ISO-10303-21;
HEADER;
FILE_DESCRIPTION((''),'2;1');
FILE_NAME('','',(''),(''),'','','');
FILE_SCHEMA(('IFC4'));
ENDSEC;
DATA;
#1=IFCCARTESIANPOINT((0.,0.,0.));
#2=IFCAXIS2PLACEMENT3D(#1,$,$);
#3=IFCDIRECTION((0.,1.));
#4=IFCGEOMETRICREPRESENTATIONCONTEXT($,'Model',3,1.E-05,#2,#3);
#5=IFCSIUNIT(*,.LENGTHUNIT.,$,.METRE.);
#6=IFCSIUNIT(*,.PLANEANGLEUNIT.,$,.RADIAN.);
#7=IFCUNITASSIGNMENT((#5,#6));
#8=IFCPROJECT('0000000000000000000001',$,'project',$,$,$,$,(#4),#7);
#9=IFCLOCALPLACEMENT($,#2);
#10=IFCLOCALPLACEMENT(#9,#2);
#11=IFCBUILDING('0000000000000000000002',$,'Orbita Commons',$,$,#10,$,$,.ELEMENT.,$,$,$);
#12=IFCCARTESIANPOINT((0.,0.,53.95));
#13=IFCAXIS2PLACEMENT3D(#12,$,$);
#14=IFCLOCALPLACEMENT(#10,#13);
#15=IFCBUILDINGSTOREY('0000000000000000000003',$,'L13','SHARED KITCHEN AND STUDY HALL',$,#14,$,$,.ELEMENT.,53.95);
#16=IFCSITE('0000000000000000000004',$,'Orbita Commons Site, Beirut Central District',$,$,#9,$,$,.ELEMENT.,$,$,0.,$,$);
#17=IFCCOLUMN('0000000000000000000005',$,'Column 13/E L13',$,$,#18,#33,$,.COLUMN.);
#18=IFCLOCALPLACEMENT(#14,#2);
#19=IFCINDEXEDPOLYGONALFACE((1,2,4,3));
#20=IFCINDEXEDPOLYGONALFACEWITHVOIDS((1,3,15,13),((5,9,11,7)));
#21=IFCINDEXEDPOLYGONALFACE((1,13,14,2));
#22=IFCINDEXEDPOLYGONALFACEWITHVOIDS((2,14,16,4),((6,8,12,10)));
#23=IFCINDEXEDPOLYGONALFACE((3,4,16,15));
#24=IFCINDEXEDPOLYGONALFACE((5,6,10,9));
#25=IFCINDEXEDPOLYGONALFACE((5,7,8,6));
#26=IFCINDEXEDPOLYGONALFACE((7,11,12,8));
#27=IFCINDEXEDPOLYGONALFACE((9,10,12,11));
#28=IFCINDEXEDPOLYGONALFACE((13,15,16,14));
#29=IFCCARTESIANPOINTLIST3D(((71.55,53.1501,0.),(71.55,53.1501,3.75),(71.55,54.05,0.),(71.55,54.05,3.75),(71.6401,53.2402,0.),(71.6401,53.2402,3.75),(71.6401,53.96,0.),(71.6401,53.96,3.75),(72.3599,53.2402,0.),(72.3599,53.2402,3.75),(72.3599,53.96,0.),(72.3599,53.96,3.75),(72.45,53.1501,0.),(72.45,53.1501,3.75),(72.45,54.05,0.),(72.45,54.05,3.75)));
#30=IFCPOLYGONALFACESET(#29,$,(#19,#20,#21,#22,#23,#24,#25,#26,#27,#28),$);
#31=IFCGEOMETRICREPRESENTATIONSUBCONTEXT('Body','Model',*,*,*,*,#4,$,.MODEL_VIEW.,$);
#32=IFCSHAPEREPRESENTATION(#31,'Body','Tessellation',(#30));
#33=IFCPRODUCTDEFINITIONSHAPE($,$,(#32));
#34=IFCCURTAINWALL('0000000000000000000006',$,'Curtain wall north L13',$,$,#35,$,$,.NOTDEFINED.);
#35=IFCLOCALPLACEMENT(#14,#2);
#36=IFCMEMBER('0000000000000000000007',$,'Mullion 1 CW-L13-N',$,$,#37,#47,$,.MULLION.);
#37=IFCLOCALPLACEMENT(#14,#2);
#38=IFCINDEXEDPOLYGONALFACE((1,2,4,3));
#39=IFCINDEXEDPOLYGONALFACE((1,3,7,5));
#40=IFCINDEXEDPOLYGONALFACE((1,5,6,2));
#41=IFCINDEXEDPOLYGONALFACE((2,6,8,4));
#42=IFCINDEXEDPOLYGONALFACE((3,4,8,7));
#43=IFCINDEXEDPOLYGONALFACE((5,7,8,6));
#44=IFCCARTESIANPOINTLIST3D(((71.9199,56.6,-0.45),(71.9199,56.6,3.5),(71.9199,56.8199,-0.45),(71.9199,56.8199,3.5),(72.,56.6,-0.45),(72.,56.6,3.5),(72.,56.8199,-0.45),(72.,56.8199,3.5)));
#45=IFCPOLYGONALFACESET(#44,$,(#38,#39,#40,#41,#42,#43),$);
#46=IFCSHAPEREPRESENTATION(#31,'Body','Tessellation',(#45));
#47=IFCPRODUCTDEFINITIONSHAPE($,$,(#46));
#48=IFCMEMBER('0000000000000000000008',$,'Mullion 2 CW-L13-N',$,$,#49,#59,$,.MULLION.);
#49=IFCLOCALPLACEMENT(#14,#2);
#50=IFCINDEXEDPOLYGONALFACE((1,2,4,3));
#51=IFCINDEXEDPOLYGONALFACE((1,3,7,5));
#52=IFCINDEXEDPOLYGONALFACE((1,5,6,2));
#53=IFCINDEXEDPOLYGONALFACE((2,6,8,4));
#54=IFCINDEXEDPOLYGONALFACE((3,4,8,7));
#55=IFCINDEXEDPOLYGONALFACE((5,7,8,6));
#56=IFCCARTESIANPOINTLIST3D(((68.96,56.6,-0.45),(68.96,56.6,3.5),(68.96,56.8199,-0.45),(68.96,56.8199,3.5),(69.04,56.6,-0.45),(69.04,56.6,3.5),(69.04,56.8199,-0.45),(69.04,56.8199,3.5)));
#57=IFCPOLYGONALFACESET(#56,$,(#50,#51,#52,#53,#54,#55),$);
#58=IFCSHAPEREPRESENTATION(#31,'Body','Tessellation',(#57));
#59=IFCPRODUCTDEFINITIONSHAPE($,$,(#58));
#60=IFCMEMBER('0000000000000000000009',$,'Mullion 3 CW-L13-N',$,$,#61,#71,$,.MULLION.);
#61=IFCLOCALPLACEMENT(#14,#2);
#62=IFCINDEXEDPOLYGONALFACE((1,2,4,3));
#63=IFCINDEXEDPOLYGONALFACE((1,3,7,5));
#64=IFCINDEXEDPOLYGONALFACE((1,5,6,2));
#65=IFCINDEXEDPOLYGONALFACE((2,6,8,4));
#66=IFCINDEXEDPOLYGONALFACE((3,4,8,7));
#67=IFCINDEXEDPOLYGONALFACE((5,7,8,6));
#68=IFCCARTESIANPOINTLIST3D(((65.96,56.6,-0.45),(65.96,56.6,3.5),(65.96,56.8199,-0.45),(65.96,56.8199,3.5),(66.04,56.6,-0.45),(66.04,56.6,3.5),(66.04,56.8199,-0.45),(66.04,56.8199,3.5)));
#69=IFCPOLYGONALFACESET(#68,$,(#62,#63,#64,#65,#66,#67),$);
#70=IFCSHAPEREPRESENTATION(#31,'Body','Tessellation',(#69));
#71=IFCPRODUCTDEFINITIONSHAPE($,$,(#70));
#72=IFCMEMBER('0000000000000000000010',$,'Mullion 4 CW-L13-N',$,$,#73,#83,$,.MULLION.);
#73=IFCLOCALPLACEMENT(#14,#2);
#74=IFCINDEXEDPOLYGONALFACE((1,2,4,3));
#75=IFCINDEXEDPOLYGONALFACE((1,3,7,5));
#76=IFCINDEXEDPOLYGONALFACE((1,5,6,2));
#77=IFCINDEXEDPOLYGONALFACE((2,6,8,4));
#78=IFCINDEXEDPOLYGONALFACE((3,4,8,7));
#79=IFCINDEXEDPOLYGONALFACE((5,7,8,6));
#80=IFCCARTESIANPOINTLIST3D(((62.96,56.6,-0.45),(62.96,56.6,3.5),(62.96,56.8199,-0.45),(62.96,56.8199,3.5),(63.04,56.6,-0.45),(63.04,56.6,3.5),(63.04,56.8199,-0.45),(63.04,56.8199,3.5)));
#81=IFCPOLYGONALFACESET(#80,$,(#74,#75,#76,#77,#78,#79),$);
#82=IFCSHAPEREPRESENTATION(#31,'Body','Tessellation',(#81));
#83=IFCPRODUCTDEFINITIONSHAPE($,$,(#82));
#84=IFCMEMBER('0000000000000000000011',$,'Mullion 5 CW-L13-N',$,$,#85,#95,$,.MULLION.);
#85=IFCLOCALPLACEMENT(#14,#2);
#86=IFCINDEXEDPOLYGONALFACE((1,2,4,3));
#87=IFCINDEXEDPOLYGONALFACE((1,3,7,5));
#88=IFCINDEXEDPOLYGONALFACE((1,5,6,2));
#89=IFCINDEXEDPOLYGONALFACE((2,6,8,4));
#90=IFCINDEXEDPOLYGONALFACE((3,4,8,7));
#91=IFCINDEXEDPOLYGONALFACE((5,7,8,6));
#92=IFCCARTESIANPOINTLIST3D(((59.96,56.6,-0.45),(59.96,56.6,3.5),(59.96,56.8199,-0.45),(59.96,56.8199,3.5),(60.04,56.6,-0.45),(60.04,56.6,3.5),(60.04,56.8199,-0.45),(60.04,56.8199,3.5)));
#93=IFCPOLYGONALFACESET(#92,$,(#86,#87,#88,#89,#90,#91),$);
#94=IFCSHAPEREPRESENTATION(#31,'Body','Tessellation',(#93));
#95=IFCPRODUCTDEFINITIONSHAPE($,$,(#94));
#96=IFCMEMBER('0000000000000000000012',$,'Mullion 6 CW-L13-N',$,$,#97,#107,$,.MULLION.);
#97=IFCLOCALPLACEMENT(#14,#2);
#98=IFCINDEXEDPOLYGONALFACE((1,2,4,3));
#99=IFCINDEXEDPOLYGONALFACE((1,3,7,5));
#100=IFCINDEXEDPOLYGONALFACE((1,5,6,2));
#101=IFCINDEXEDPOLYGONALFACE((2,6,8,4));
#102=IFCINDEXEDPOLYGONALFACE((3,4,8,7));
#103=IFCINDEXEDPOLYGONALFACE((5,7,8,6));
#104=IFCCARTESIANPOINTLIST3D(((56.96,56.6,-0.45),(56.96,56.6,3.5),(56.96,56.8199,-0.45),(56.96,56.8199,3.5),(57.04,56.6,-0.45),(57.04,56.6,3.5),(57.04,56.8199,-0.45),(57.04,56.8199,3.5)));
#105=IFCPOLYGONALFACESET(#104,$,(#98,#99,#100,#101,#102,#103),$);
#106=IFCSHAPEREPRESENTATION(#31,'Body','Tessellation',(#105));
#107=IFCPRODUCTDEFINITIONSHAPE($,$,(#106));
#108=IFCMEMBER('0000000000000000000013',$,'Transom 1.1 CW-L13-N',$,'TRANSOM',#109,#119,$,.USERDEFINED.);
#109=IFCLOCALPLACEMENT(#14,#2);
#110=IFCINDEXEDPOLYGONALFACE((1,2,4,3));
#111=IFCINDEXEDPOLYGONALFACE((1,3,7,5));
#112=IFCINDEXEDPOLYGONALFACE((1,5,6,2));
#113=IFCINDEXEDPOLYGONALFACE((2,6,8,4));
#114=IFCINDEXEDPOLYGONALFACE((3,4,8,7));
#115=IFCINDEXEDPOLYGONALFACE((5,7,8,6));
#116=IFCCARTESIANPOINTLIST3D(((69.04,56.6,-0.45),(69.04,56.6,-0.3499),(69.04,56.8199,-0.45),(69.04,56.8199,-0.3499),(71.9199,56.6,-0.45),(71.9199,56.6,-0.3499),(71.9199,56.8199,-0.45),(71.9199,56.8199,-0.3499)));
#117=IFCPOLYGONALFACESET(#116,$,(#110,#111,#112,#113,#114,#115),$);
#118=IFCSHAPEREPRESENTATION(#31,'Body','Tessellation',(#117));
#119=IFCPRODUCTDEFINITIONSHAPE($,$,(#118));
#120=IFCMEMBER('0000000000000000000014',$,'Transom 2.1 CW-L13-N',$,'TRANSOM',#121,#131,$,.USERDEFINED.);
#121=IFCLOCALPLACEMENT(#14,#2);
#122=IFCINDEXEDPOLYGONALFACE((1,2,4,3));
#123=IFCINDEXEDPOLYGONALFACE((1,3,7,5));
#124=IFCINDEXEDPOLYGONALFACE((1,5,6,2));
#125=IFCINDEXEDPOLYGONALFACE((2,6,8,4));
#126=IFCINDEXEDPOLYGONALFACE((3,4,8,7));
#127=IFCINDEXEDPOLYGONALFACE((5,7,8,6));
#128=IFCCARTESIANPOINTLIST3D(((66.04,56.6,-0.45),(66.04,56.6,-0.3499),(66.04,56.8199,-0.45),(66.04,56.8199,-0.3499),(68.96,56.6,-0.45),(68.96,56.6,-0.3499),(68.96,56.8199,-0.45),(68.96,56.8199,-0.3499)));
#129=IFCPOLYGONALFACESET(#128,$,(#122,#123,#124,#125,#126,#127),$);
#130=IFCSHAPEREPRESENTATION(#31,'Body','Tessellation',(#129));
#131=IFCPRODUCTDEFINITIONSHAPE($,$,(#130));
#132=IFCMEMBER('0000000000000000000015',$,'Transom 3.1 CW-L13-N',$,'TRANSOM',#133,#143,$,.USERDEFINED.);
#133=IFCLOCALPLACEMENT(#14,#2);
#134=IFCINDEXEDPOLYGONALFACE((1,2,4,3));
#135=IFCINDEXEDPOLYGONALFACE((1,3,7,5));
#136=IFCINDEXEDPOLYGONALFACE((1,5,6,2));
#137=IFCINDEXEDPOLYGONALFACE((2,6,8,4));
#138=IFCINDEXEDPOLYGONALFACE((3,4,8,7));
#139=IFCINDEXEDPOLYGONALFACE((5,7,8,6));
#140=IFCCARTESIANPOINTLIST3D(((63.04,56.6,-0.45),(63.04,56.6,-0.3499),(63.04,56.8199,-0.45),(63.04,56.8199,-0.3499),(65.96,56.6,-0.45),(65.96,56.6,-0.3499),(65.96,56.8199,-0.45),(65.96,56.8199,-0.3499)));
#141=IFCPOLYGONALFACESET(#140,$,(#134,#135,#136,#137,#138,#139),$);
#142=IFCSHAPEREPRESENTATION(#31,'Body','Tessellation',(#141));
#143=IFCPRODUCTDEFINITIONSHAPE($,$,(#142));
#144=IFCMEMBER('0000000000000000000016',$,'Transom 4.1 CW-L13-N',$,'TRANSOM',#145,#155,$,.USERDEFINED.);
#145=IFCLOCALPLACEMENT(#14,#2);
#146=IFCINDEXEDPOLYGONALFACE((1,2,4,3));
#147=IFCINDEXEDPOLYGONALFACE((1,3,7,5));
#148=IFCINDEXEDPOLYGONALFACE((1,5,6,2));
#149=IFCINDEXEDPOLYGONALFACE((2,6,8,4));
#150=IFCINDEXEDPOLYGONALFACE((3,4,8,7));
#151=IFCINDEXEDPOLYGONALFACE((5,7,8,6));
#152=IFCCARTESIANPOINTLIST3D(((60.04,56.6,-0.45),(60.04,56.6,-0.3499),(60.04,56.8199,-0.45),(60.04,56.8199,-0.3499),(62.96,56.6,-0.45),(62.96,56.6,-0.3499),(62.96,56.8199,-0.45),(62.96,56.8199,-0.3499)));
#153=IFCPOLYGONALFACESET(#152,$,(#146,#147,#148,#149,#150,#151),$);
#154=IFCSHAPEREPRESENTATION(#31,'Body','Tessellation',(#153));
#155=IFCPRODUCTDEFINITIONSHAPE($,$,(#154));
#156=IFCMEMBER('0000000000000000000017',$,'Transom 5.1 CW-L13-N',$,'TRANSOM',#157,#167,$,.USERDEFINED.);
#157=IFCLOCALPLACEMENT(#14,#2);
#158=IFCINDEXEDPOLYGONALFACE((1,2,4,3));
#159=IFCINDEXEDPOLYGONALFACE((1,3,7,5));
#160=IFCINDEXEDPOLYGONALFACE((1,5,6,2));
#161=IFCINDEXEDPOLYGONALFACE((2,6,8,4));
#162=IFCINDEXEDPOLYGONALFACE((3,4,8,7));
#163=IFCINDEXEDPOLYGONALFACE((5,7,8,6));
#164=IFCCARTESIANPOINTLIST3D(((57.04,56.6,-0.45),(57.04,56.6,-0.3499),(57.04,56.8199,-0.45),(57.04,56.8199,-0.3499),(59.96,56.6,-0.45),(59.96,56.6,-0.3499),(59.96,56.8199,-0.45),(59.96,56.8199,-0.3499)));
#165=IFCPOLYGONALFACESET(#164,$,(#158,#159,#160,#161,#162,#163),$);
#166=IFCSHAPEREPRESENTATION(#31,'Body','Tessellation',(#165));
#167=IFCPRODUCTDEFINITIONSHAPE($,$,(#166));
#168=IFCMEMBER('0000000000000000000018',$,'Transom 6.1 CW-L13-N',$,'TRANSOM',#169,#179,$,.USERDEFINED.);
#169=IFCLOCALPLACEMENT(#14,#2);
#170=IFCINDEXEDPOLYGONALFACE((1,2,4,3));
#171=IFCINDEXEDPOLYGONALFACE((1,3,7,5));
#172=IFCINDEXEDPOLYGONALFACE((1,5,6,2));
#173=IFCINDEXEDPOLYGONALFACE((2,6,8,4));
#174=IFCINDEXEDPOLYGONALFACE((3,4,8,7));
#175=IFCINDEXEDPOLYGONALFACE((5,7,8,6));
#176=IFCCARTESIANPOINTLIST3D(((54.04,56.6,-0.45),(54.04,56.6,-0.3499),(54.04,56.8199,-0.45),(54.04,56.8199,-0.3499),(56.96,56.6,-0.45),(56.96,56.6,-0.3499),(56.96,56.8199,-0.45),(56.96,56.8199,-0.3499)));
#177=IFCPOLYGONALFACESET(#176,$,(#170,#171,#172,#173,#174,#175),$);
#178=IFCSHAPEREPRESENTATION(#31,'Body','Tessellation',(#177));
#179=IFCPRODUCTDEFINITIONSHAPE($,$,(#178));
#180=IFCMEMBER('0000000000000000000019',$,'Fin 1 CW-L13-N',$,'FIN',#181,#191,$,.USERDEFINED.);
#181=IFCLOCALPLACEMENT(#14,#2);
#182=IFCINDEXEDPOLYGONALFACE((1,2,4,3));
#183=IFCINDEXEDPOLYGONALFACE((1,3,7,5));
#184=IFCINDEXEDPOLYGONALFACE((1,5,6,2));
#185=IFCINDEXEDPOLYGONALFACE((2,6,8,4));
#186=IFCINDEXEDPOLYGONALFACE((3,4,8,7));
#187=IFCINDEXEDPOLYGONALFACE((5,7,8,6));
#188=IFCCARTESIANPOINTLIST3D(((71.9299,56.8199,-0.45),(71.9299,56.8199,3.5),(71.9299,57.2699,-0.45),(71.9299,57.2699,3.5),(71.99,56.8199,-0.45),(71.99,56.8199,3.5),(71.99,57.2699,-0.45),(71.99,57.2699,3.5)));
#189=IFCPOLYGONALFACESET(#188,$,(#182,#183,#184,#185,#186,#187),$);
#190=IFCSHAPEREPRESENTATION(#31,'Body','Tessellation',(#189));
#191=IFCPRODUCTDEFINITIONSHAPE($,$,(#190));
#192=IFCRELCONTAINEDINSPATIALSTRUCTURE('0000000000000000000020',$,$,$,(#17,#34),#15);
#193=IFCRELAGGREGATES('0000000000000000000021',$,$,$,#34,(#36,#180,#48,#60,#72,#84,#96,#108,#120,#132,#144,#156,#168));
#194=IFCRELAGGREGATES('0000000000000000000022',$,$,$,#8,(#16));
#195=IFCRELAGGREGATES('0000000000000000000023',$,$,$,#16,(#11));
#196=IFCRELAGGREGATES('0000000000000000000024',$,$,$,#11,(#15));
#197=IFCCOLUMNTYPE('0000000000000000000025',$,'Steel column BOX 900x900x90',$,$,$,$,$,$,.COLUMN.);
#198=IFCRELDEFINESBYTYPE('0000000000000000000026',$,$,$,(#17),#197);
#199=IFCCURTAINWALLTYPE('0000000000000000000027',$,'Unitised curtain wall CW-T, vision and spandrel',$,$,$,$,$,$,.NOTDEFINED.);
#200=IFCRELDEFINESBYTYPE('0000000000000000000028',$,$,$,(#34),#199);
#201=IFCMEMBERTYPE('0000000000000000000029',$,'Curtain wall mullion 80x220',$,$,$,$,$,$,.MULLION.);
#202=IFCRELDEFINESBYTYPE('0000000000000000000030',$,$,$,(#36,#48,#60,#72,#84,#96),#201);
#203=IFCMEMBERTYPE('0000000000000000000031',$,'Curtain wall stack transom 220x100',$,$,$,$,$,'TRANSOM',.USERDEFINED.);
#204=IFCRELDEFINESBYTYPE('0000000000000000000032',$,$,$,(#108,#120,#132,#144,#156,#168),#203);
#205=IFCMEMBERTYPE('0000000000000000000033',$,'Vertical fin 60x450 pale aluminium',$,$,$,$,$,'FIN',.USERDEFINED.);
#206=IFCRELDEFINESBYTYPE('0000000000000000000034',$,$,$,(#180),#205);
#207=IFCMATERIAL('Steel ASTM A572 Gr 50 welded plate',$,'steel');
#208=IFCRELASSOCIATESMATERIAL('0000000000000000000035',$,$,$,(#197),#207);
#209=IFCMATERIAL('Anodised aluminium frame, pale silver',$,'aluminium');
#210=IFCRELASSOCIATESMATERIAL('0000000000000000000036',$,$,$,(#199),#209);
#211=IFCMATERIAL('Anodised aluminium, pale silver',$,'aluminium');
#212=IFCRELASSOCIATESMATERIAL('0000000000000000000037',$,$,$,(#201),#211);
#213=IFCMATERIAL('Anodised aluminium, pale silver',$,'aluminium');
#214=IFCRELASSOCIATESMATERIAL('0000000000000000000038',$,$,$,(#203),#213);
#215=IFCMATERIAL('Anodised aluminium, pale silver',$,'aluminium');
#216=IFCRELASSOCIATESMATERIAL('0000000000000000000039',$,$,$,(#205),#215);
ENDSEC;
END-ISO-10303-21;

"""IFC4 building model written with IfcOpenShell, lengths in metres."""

from ifc_helpers import new_model, si_unit, direction, frame, origin, origin_2d, place, context, subcontext, project, spatial, rectangle, hollow_rectangle, extrude, material, material_profile, profile_set, type_object, element, aggregate, save


model = new_model("IFC4")

# Units and contexts
model_context = context("Model", 3, precision=1e-05, world=origin(), true_north=direction((0.0, 1.0)))
body_context = subcontext(model_context, "Body", "Model", "MODEL_VIEW")
ifc_project = project(units=[si_unit("LENGTHUNIT", "METRE"), si_unit("PLANEANGLEUNIT", "RADIAN")], contexts=[model_context])

# Site, building, storey
site_placement = place(None, origin())
site = spatial("IfcSite", under=ifc_project, at=site_placement, Name="Orbita Commons Site, Beirut Central District", CompositionType="ELEMENT", RefElevation=0.0)
building_placement = place(site_placement, origin())
building = spatial("IfcBuilding", under=site, at=building_placement, Name="Orbita Commons", CompositionType="ELEMENT")
storey_placement = place(building_placement, frame((0.0, 0.0, 53.95)))
storey = spatial("IfcBuildingStorey", under=building, at=storey_placement, Name="L13", Description="SHARED KITCHEN AND STUDY HALL", CompositionType="ELEMENT", Elevation=53.95)

# Column
ifc_material_1 = material(Name="Steel ASTM A572 Gr 50 welded plate", Category="steel")
ifc_material_profile_1 = material_profile(ifc_material_1, hollow_rectangle(XDim=0.8999, YDim=0.8999, WallThickness=0.0901, at=origin_2d()), Name="BOX 900x900x90")
ifc_profile_set_1 = profile_set([ifc_material_profile_1], Name="Steel ASTM A572 Gr 50 welded plate")
column_type = type_object("IfcColumnType", Name="Steel column BOX 900x900x90", PredefinedType="COLUMN", material=ifc_profile_set_1)
column_placement = place(storey_placement, frame((72.0, 53.6001, 0.0), z_axis=(0.0, 0.0, 1.0), x_axis=(1.0, 0.0, 0.0)))
element("IfcColumn", 1, at=column_placement, inside=storey, type_object=column_type, Name="Column 13/E L13", PredefinedType="COLUMN", context=body_context, shape_type="SweptSolid", body=[
    extrude(hollow_rectangle(XDim=0.8999, YDim=0.8999, WallThickness=0.0901, at=origin_2d()), origin(), (0.0, 0.0, 1.0), 3.75),
])

# Curtain wall, members
ifc_material_2 = material(Name="Anodised aluminium frame, pale silver", Category="aluminium")
curtain_wall_type = type_object("IfcCurtainWallType", Name="Unitised curtain wall CW-T, vision and spandrel", PredefinedType="NOTDEFINED", material=ifc_material_2)
curtain_wall_placement = place(storey_placement, origin())
curtain_wall = element("IfcCurtainWall", 2, at=curtain_wall_placement, inside=storey, type_object=curtain_wall_type, Name="Curtain wall north L13", PredefinedType="NOTDEFINED")
ifc_material_3 = material(Name="Anodised aluminium, pale silver", Category="aluminium")
ifc_material_profile_2 = material_profile(ifc_material_3, rectangle(XDim=0.0801, YDim=0.22, at=origin_2d()), Name="AL 80x220")
ifc_profile_set_2 = profile_set([ifc_material_profile_2], Name="Anodised aluminium, pale silver")
member_type_1 = type_object("IfcMemberType", Name="Curtain wall mullion 80x220", PredefinedType="MULLION", material=ifc_profile_set_2)
member_1_placement = place(storey_placement, frame((71.96, 56.71, -0.45), z_axis=(0.0, 0.0, 1.0), x_axis=(-1.0, 0.0, 0.0)))
member_1 = element("IfcMember", 3, at=member_1_placement, type_object=member_type_1, Name="Mullion 1 CW-L13-N", PredefinedType="MULLION", context=body_context, shape_type="SweptSolid", body=[
    extrude(rectangle(XDim=0.0801, YDim=0.22, at=origin_2d()), origin(), (0.0, 0.0, 1.0), 3.95),
])
member_2_placement = place(storey_placement, frame((69.0, 56.71, -0.45), z_axis=(0.0, 0.0, 1.0), x_axis=(-1.0, 0.0, 0.0)))
member_2 = element("IfcMember", 4, at=member_2_placement, type_object=member_type_1, Name="Mullion 2 CW-L13-N", PredefinedType="MULLION", context=body_context, shape_type="SweptSolid", body=[
    extrude(rectangle(XDim=0.0801, YDim=0.22, at=origin_2d()), origin(), (0.0, 0.0, 1.0), 3.95),
])
member_3_placement = place(storey_placement, frame((66.0, 56.71, -0.45), z_axis=(0.0, 0.0, 1.0), x_axis=(-1.0, 0.0, 0.0)))
member_3 = element("IfcMember", 5, at=member_3_placement, type_object=member_type_1, Name="Mullion 3 CW-L13-N", PredefinedType="MULLION", context=body_context, shape_type="SweptSolid", body=[
    extrude(rectangle(XDim=0.0801, YDim=0.22, at=origin_2d()), origin(), (0.0, 0.0, 1.0), 3.95),
])
member_4_placement = place(storey_placement, frame((63.0, 56.71, -0.45), z_axis=(0.0, 0.0, 1.0), x_axis=(-1.0, 0.0, 0.0)))
member_4 = element("IfcMember", 6, at=member_4_placement, type_object=member_type_1, Name="Mullion 4 CW-L13-N", PredefinedType="MULLION", context=body_context, shape_type="SweptSolid", body=[
    extrude(rectangle(XDim=0.0801, YDim=0.22, at=origin_2d()), origin(), (0.0, 0.0, 1.0), 3.95),
])
member_5_placement = place(storey_placement, frame((60.0, 56.71, -0.45), z_axis=(0.0, 0.0, 1.0), x_axis=(-1.0, 0.0, 0.0)))
member_5 = element("IfcMember", 7, at=member_5_placement, type_object=member_type_1, Name="Mullion 5 CW-L13-N", PredefinedType="MULLION", context=body_context, shape_type="SweptSolid", body=[
    extrude(rectangle(XDim=0.0801, YDim=0.22, at=origin_2d()), origin(), (0.0, 0.0, 1.0), 3.95),
])
member_6_placement = place(storey_placement, frame((57.0, 56.71, -0.45), z_axis=(0.0, 0.0, 1.0), x_axis=(-1.0, 0.0, 0.0)))
member_6 = element("IfcMember", 8, at=member_6_placement, type_object=member_type_1, Name="Mullion 6 CW-L13-N", PredefinedType="MULLION", context=body_context, shape_type="SweptSolid", body=[
    extrude(rectangle(XDim=0.0801, YDim=0.22, at=origin_2d()), origin(), (0.0, 0.0, 1.0), 3.95),
])
ifc_material_4 = material(Name="Anodised aluminium, pale silver", Category="aluminium")
ifc_material_profile_3 = material_profile(ifc_material_4, rectangle(XDim=0.22, YDim=0.1001, at=origin_2d()), Name="AL 220x100")
ifc_profile_set_3 = profile_set([ifc_material_profile_3], Name="Anodised aluminium, pale silver")
member_type_2 = type_object("IfcMemberType", Name="Curtain wall stack transom 220x100", ElementType="TRANSOM", PredefinedType="USERDEFINED", material=ifc_profile_set_3)
member_7_placement = place(storey_placement, frame((71.9199, 56.71, -0.3999), z_axis=(-1.0, 0.0, 0.0), x_axis=(0.0, -1.0, 0.0)))
member_7 = element("IfcMember", 9, at=member_7_placement, type_object=member_type_2, Name="Transom 1.1 CW-L13-N", ObjectType="TRANSOM", PredefinedType="USERDEFINED", context=body_context, shape_type="SweptSolid", body=[
    extrude(rectangle(XDim=0.22, YDim=0.1001, at=origin_2d()), origin(), (0.0, 0.0, 1.0), 2.8799),
])
member_8_placement = place(storey_placement, frame((68.96, 56.71, -0.3999), z_axis=(-1.0, 0.0, 0.0), x_axis=(0.0, -1.0, 0.0)))
member_8 = element("IfcMember", 10, at=member_8_placement, type_object=member_type_2, Name="Transom 2.1 CW-L13-N", ObjectType="TRANSOM", PredefinedType="USERDEFINED", context=body_context, shape_type="SweptSolid", body=[
    extrude(rectangle(XDim=0.22, YDim=0.1001, at=origin_2d()), origin(), (0.0, 0.0, 1.0), 2.9199),
])
member_9_placement = place(storey_placement, frame((65.96, 56.71, -0.3999), z_axis=(-1.0, 0.0, 0.0), x_axis=(0.0, -1.0, 0.0)))
member_9 = element("IfcMember", 11, at=member_9_placement, type_object=member_type_2, Name="Transom 3.1 CW-L13-N", ObjectType="TRANSOM", PredefinedType="USERDEFINED", context=body_context, shape_type="SweptSolid", body=[
    extrude(rectangle(XDim=0.22, YDim=0.1001, at=origin_2d()), origin(), (0.0, 0.0, 1.0), 2.9199),
])
member_10_placement = place(storey_placement, frame((62.96, 56.71, -0.3999), z_axis=(-1.0, 0.0, 0.0), x_axis=(0.0, -1.0, 0.0)))
member_10 = element("IfcMember", 12, at=member_10_placement, type_object=member_type_2, Name="Transom 4.1 CW-L13-N", ObjectType="TRANSOM", PredefinedType="USERDEFINED", context=body_context, shape_type="SweptSolid", body=[
    extrude(rectangle(XDim=0.22, YDim=0.1001, at=origin_2d()), origin(), (0.0, 0.0, 1.0), 2.9199),
])
member_11_placement = place(storey_placement, frame((59.96, 56.71, -0.3999), z_axis=(-1.0, 0.0, 0.0), x_axis=(0.0, -1.0, 0.0)))
member_11 = element("IfcMember", 13, at=member_11_placement, type_object=member_type_2, Name="Transom 5.1 CW-L13-N", ObjectType="TRANSOM", PredefinedType="USERDEFINED", context=body_context, shape_type="SweptSolid", body=[
    extrude(rectangle(XDim=0.22, YDim=0.1001, at=origin_2d()), origin(), (0.0, 0.0, 1.0), 2.9199),
])
member_12_placement = place(storey_placement, frame((56.96, 56.71, -0.3999), z_axis=(-1.0, 0.0, 0.0), x_axis=(0.0, -1.0, 0.0)))
member_12 = element("IfcMember", 14, at=member_12_placement, type_object=member_type_2, Name="Transom 6.1 CW-L13-N", ObjectType="TRANSOM", PredefinedType="USERDEFINED", context=body_context, shape_type="SweptSolid", body=[
    extrude(rectangle(XDim=0.22, YDim=0.1001, at=origin_2d()), origin(), (0.0, 0.0, 1.0), 2.9199),
])
ifc_material_5 = material(Name="Anodised aluminium, pale silver", Category="aluminium")
ifc_material_profile_4 = material_profile(ifc_material_5, rectangle(XDim=0.0601, YDim=0.45, at=origin_2d()), Name="FIN 60x450")
ifc_profile_set_4 = profile_set([ifc_material_profile_4], Name="Anodised aluminium, pale silver")
member_type_3 = type_object("IfcMemberType", Name="Vertical fin 60x450 pale aluminium", ElementType="FIN", PredefinedType="USERDEFINED", material=ifc_profile_set_4)
member_13_placement = place(storey_placement, frame((71.96, 57.0449, -0.45), z_axis=(0.0, 0.0, 1.0), x_axis=(-1.0, 0.0, 0.0)))
member_13 = element("IfcMember", 15, at=member_13_placement, type_object=member_type_3, Name="Fin 1 CW-L13-N", ObjectType="FIN", PredefinedType="USERDEFINED", context=body_context, shape_type="SweptSolid", body=[
    extrude(rectangle(XDim=0.0601, YDim=0.45, at=origin_2d()), origin(), (0.0, 0.0, 1.0), 3.95),
])
aggregate(curtain_wall, [member_1, member_13, member_2, member_3, member_4, member_5, member_6, member_7, member_8, member_9, member_10, member_11, member_12])

save(model, "model.ifc")
